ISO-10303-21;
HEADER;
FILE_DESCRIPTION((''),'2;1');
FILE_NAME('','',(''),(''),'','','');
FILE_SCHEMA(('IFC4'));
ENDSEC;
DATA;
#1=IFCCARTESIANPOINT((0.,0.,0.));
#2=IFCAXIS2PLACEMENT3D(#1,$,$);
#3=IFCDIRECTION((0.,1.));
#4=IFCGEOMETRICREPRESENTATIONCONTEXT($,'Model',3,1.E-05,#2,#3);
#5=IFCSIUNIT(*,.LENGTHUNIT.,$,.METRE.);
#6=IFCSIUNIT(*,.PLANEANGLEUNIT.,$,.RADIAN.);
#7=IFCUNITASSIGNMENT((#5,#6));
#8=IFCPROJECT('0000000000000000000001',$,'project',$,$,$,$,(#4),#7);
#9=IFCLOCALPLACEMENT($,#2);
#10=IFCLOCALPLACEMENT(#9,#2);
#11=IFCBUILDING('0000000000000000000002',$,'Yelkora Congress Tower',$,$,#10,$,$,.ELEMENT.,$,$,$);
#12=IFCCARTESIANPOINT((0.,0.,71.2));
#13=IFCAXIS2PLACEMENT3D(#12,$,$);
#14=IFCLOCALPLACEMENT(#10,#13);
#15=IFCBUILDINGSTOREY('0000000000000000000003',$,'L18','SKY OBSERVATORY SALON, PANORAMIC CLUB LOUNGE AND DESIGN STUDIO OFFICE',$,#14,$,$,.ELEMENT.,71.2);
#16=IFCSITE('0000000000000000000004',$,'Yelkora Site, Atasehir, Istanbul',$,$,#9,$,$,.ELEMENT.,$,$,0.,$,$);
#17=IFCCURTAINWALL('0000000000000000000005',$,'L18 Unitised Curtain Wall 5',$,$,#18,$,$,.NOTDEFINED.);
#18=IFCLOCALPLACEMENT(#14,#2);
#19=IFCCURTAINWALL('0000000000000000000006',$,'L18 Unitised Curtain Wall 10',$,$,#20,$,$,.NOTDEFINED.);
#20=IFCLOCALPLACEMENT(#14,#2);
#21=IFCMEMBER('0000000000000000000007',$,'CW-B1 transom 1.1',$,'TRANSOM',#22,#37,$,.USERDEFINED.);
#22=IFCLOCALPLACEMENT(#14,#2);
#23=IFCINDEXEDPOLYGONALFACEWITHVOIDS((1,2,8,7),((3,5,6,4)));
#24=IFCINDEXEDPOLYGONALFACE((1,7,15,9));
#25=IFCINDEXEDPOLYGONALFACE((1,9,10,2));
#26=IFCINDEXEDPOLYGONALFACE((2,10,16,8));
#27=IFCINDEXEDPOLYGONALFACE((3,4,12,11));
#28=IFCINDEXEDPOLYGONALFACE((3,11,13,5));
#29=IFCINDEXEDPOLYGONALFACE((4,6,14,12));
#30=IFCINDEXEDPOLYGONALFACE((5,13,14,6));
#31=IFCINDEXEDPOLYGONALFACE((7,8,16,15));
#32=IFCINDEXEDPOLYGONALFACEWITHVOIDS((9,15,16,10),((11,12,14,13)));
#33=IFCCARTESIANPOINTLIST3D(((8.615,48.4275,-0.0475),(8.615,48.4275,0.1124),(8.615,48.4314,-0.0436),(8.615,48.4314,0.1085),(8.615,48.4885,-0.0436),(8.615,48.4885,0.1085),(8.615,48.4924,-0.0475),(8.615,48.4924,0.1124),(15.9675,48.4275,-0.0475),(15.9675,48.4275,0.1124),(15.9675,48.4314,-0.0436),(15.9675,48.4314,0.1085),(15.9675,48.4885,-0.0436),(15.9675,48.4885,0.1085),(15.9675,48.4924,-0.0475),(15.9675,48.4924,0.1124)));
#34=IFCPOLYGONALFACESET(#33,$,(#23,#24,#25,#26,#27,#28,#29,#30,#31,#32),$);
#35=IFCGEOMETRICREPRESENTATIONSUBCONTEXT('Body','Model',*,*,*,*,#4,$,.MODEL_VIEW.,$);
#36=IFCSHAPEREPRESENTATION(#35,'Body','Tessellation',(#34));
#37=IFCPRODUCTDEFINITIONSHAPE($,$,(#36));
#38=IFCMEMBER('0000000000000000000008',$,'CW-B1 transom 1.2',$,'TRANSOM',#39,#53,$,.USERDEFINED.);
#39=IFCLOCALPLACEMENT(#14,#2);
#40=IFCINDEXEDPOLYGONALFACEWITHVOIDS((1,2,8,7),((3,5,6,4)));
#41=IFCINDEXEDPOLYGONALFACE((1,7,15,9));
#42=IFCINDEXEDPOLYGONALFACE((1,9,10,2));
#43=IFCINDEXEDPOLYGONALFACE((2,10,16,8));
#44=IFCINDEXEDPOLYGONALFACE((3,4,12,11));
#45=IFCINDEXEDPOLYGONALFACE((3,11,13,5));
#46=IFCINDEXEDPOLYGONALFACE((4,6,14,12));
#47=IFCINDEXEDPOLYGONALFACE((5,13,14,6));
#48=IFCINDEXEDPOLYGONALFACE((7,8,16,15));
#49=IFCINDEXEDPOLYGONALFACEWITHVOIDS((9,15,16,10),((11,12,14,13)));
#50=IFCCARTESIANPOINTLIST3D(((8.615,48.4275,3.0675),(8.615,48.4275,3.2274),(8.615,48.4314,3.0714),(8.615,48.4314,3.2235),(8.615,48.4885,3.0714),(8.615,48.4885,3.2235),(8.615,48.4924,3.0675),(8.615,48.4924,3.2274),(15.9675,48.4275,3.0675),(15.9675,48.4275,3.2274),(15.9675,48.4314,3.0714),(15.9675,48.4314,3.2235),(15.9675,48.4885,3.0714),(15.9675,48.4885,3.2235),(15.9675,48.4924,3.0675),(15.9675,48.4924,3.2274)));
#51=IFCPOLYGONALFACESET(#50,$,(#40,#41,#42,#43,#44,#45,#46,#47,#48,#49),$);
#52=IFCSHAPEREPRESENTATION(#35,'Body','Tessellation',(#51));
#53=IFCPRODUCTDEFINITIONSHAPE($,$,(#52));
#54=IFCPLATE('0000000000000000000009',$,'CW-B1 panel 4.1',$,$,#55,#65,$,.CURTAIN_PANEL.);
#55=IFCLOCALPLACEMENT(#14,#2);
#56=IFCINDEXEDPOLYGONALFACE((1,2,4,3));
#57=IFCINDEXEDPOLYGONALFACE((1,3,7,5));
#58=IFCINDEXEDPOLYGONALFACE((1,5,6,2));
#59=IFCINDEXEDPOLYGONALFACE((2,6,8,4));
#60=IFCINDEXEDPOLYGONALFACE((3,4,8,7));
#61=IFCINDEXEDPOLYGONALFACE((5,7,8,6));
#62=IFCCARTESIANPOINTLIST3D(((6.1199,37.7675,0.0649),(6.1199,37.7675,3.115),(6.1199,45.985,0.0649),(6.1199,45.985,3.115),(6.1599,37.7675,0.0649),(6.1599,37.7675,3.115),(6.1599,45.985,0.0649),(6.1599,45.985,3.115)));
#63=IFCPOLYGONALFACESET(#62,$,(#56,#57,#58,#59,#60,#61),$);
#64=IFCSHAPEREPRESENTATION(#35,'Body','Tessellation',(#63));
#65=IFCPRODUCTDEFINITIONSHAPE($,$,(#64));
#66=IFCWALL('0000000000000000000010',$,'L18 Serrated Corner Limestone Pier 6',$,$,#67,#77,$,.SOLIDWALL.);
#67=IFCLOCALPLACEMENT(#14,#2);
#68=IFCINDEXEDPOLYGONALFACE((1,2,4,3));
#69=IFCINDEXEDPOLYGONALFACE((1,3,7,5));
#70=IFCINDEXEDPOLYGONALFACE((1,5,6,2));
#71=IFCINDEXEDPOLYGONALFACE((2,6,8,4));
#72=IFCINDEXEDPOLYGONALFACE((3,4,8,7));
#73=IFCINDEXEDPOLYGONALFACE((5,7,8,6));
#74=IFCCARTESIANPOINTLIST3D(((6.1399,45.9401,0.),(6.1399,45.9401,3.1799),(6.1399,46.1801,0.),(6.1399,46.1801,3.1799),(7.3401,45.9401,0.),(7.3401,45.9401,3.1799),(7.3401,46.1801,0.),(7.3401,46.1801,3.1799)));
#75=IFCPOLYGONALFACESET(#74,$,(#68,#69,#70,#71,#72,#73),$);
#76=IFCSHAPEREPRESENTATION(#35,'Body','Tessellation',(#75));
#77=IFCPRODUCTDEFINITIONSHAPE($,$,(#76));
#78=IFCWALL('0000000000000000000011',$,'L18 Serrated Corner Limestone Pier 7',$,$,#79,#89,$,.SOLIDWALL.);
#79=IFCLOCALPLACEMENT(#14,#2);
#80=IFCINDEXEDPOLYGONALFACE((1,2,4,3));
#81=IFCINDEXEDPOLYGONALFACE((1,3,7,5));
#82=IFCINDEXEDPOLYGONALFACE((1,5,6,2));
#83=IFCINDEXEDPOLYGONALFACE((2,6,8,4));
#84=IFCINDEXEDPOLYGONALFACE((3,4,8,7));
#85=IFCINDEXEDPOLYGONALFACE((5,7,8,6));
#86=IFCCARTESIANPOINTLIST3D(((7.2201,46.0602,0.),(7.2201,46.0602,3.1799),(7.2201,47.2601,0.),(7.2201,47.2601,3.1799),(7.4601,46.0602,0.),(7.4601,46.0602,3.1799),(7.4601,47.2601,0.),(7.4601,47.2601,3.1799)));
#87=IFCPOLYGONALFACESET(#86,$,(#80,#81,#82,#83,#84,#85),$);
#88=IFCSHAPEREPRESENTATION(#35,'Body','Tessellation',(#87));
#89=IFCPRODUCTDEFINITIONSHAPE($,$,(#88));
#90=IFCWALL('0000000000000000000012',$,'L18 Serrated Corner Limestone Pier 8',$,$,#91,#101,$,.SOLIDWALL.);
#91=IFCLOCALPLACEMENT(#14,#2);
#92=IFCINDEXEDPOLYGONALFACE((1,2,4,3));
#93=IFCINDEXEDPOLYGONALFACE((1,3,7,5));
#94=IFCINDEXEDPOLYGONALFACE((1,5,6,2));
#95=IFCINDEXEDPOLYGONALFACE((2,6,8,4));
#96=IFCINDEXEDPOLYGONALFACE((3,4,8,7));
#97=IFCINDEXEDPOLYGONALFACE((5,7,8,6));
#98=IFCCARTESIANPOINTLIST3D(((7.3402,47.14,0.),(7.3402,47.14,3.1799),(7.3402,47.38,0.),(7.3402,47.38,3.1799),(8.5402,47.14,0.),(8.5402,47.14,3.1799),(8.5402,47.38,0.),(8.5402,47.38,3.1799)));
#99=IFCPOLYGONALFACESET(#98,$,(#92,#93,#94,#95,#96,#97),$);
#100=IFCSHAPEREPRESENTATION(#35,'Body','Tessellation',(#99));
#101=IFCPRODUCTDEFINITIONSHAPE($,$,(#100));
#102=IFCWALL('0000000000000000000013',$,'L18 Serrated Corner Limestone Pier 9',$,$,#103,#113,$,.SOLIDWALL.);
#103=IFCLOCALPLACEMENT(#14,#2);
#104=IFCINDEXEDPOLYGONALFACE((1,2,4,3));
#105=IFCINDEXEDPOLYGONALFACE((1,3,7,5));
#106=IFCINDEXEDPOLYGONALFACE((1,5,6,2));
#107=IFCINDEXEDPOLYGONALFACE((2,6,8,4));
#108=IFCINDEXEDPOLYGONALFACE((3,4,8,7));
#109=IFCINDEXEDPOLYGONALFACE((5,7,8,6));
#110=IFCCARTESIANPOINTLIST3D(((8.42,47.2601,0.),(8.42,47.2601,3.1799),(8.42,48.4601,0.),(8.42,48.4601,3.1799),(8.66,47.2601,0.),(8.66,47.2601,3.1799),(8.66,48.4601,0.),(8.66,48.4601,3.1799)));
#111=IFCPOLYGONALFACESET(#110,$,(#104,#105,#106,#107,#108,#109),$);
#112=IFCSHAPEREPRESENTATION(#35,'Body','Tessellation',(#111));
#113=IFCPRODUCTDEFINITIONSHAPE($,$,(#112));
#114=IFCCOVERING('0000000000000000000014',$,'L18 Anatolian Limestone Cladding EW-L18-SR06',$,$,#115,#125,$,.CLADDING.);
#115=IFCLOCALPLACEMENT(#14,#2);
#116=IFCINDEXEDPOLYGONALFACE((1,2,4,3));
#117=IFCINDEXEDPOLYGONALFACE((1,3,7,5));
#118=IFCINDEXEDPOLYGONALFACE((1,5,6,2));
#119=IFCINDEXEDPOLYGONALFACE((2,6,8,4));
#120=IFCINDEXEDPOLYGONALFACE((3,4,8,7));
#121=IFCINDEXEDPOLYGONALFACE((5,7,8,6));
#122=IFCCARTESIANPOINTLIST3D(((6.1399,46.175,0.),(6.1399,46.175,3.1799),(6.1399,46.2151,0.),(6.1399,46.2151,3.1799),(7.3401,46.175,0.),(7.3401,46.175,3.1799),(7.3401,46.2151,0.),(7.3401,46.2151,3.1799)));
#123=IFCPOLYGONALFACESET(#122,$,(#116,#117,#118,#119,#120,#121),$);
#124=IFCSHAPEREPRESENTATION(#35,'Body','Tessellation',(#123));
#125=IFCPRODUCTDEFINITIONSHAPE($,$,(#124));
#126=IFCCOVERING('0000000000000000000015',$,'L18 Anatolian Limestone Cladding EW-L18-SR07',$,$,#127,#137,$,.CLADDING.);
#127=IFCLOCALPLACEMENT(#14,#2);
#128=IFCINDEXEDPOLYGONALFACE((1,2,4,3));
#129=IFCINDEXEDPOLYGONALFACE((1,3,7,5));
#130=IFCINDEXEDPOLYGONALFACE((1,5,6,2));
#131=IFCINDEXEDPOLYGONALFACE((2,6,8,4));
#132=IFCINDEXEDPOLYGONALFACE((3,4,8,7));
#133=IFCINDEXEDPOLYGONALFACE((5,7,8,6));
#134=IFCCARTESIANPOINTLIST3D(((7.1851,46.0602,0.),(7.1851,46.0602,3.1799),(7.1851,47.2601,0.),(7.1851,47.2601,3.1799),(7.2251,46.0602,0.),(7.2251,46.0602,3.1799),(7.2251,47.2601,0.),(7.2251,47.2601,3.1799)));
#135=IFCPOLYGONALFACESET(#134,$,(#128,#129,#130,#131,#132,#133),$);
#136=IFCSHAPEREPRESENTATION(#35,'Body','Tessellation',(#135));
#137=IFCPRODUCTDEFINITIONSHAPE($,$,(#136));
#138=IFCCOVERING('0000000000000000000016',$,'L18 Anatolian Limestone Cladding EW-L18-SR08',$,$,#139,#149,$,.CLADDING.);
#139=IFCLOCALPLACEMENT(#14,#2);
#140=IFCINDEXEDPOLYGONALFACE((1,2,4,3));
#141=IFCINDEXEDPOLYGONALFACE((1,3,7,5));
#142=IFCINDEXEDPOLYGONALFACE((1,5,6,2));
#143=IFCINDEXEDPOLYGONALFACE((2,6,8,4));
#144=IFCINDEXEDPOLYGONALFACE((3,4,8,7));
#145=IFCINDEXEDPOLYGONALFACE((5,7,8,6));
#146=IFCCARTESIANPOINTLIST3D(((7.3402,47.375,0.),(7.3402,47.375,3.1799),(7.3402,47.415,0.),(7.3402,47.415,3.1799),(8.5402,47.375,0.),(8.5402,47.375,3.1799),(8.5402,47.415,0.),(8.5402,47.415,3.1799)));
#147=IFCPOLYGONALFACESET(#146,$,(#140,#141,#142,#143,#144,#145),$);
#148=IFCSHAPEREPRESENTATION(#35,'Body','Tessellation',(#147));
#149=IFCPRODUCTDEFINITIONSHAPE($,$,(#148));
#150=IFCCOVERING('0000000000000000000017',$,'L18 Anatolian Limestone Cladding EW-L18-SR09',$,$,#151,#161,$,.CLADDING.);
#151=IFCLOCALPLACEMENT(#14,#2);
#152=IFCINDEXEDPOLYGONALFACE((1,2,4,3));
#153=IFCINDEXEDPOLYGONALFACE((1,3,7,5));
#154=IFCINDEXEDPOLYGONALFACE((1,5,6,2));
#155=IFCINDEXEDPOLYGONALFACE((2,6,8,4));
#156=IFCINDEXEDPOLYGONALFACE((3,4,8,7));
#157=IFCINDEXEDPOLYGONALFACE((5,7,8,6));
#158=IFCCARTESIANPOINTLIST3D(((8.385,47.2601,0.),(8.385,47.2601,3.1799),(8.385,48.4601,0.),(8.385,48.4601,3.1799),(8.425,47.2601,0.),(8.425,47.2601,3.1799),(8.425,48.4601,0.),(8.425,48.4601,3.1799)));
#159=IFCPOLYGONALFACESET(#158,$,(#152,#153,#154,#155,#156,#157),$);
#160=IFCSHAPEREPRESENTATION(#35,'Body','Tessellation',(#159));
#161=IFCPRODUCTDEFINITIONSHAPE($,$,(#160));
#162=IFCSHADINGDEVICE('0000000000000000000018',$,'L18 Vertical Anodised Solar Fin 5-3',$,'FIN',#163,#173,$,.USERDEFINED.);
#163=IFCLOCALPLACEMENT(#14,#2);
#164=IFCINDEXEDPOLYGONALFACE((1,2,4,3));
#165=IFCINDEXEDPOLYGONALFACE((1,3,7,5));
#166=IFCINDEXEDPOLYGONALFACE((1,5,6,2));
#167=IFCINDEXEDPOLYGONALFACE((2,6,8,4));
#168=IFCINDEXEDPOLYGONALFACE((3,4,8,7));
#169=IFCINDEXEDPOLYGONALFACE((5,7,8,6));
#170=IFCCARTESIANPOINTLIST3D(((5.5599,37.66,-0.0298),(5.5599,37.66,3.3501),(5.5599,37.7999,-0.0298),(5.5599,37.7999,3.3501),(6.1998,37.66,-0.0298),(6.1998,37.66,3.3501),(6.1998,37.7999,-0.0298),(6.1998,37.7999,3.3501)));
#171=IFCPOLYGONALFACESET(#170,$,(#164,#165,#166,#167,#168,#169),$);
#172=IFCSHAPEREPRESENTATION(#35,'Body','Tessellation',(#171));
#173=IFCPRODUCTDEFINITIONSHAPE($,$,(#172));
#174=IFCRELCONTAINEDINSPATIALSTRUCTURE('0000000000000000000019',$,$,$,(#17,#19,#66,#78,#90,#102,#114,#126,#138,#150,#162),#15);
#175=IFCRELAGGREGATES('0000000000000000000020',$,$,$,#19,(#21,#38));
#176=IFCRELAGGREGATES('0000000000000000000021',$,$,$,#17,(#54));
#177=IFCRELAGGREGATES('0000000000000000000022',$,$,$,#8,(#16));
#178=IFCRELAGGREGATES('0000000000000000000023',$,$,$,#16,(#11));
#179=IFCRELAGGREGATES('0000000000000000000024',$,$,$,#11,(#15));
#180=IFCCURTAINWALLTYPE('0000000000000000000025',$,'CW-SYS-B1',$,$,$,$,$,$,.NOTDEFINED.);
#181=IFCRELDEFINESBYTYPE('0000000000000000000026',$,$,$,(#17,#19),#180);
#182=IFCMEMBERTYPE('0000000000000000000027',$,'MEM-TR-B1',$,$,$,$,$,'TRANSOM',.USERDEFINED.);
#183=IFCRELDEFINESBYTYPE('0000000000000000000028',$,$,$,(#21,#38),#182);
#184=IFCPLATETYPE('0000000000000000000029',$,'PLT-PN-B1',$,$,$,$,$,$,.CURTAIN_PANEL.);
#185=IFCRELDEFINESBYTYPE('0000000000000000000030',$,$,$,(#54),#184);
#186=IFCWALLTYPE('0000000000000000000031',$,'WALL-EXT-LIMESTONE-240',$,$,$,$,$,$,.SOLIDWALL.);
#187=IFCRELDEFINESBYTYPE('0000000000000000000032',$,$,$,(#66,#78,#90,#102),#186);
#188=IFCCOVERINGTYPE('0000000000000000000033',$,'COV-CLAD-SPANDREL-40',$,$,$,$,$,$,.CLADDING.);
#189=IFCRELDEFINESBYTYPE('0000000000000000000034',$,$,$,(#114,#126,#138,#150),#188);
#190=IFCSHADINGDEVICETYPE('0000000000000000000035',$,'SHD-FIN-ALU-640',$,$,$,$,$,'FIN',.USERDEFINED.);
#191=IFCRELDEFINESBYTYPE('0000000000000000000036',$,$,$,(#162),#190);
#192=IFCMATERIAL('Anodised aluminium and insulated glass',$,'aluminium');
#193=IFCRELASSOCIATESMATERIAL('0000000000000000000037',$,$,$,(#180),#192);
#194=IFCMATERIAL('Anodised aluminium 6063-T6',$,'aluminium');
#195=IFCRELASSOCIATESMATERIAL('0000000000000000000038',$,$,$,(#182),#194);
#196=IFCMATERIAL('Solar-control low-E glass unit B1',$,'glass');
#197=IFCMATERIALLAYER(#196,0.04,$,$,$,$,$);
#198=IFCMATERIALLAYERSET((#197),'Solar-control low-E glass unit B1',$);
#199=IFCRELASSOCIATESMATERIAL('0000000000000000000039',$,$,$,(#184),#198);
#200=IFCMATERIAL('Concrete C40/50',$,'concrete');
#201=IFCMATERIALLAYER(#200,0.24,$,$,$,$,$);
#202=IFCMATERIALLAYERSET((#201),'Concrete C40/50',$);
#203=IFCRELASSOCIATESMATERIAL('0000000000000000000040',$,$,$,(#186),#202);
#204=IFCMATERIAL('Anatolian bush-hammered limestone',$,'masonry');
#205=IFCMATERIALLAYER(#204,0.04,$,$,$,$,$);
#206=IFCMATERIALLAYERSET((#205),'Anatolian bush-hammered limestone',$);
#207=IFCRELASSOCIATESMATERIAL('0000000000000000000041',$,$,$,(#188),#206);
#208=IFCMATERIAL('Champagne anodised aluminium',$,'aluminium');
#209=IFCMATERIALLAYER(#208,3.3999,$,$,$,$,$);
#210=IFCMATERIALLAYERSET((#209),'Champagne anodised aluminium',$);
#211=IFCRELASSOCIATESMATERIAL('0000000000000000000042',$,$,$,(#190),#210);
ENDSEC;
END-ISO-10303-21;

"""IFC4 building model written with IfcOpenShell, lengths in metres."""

from ifc_helpers import new_model, si_unit, direction, frame, frame_2d, origin, origin_2d, place, context, subcontext, project, spatial, rectangle, hollow_rectangle, extrude, material, layer, layer_set, material_profile, profile_set, type_object, element, aggregate, save


model = new_model("IFC4")

# Units and contexts
model_context = context("Model", 3, precision=1e-05, world=origin(), true_north=direction((0.0, 1.0)))
body_context = subcontext(model_context, "Body", "Model", "MODEL_VIEW")
ifc_project = project(units=[si_unit("LENGTHUNIT", "METRE"), si_unit("PLANEANGLEUNIT", "RADIAN")], contexts=[model_context])

# Site, building, storey
site_placement = place(None, origin())
site = spatial("IfcSite", under=ifc_project, at=site_placement, Name="Yelkora Site, Atasehir, Istanbul", CompositionType="ELEMENT", RefElevation=0.0)
building_placement = place(site_placement, origin())
building = spatial("IfcBuilding", under=site, at=building_placement, Name="Yelkora Congress Tower", CompositionType="ELEMENT")
storey_placement = place(building_placement, frame((0.0, 0.0, 71.2)))
storey = spatial("IfcBuildingStorey", under=building, at=storey_placement, Name="L18", Description="SKY OBSERVATORY SALON, PANORAMIC CLUB LOUNGE AND DESIGN STUDIO OFFICE", CompositionType="ELEMENT", Elevation=71.2)

# Curtain wall
ifc_material_1 = material(Name="Anodised aluminium and insulated glass", Category="aluminium")
curtain_wall_type = type_object("IfcCurtainWallType", Name="CW-SYS-B1", PredefinedType="NOTDEFINED", material=ifc_material_1)
curtain_wall_1_placement = place(storey_placement, origin())
curtain_wall_1 = element("IfcCurtainWall", 1, at=curtain_wall_1_placement, inside=storey, type_object=curtain_wall_type, Name="L18 Unitised Curtain Wall 5", PredefinedType="NOTDEFINED")
ifc_material_2 = material(Name="Anodised aluminium 6063-T6", Category="aluminium")

# Curtain wall
curtain_wall_2_placement = place(storey_placement, origin())
curtain_wall_2 = element("IfcCurtainWall", 2, at=curtain_wall_2_placement, inside=storey, type_object=curtain_wall_type, Name="L18 Unitised Curtain Wall 10", PredefinedType="NOTDEFINED")

# Members
ifc_material_profile_1 = material_profile(ifc_material_2, hollow_rectangle(XDim=0.0649, YDim=0.1599, WallThickness=0.0039, at=origin_2d()), Name="ALU 65x160x4")
ifc_profile_set_1 = profile_set([ifc_material_profile_1], Name="Anodised aluminium 6063-T6")
member_type_1 = type_object("IfcMemberType", Name="MEM-TR-B1", ElementType="TRANSOM", PredefinedType="USERDEFINED", material=ifc_profile_set_1)
member_1_placement = place(storey_placement, frame((8.615, 48.46, 0.0325), z_axis=(1.0, 0.0, 0.0), x_axis=(0.0, 1.0, 0.0)))
member_1 = element("IfcMember", 3, at=member_1_placement, type_object=member_type_1, Name="CW-B1 transom 1.1", ObjectType="TRANSOM", PredefinedType="USERDEFINED", context=body_context, shape_type="SweptSolid", body=[
    extrude(hollow_rectangle(XDim=0.0649, YDim=0.1599, WallThickness=0.0039, at=origin_2d()), origin(), (0.0, 0.0, 1.0), 7.3525),
])
member_2_placement = place(storey_placement, frame((8.615, 48.46, 3.1475), z_axis=(1.0, 0.0, 0.0), x_axis=(0.0, 1.0, 0.0)))
member_2 = element("IfcMember", 4, at=member_2_placement, type_object=member_type_1, Name="CW-B1 transom 1.2", ObjectType="TRANSOM", PredefinedType="USERDEFINED", context=body_context, shape_type="SweptSolid", body=[
    extrude(hollow_rectangle(XDim=0.0649, YDim=0.1599, WallThickness=0.0039, at=origin_2d()), origin(), (0.0, 0.0, 1.0), 7.3525),
])
aggregate(curtain_wall_2, [member_1, member_2])

# Plate
ifc_material_3 = material(Name="Solar-control low-E glass unit B1", Category="glass")
ifc_layer_1 = layer(ifc_material_3, 0.04)
ifc_layer_set_1 = layer_set([ifc_layer_1], Name="Solar-control low-E glass unit B1")
plate_type = type_object("IfcPlateType", Name="PLT-PN-B1", PredefinedType="CURTAIN_PANEL", material=ifc_layer_set_1)
plate_placement = place(storey_placement, frame((6.1399, 41.8762, 0.0649), z_axis=(0.0, 0.0, 1.0), x_axis=(0.0, 1.0, 0.0)))
plate = element("IfcPlate", 5, at=plate_placement, type_object=plate_type, Name="CW-B1 panel 4.1", PredefinedType="CURTAIN_PANEL", context=body_context, shape_type="SweptSolid", body=[
    extrude(rectangle(XDim=8.2175, YDim=0.04, at=origin_2d()), origin(), (0.0, 0.0, 1.0), 3.05),
])
aggregate(curtain_wall_1, [plate])

# Walls
ifc_material_4 = material(Name="Concrete C40/50", Category="concrete")
ifc_layer_2 = layer(ifc_material_4, 0.24)
ifc_layer_set_2 = layer_set([ifc_layer_2], Name="Concrete C40/50")
wall_type = type_object("IfcWallType", Name="WALL-EXT-LIMESTONE-240", PredefinedType="SOLIDWALL", material=ifc_layer_set_2)
wall_placement = place(storey_placement, frame((6.1399, 46.0601, 0.0), z_axis=(0.0, 0.0, 1.0), x_axis=(1.0, 0.0, 0.0)))
element("IfcWall", 6, at=wall_placement, inside=storey, type_object=wall_type, Name="L18 Serrated Corner Limestone Pier 6", PredefinedType="SOLIDWALL", context=body_context, shape_type="SweptSolid", body=[
    extrude(rectangle(XDim=1.2002, YDim=0.24, at=frame_2d((0.6001, 0.0))), origin(), (0.0, 0.0, 1.0), 3.1799),
])
for number, where, z_axis, x_axis, name in (
    (7, (7.3401, 46.0601, 0.0), (0.0, 0.0, 1.0), (0.0, 1.0, 0.0), "L18 Serrated Corner Limestone Pier 7"),
    (8, (7.3401, 47.26, 0.0), (0.0, 0.0, 1.0), (1.0, 0.0, 0.0), "L18 Serrated Corner Limestone Pier 8"),
    (9, (8.54, 47.26, 0.0), (0.0, 0.0, 1.0), (0.0, 1.0, 0.0), "L18 Serrated Corner Limestone Pier 9"),
):
    element("IfcWall", number, at=place(storey_placement, frame(where, z_axis=z_axis, x_axis=x_axis)), inside=storey, type_object=wall_type, Name=name, PredefinedType="SOLIDWALL", context=body_context, shape_type="SweptSolid", body=[
        extrude(rectangle(XDim=1.2, YDim=0.24, at=frame_2d((0.6001, 0.0))), origin(), (0.0, 0.0, 1.0), 3.1799),
    ])

# Coverings
ifc_material_5 = material(Name="Anatolian bush-hammered limestone", Category="masonry")
ifc_layer_3 = layer(ifc_material_5, 0.04)
ifc_layer_set_3 = layer_set([ifc_layer_3], Name="Anatolian bush-hammered limestone")
covering_type = type_object("IfcCoveringType", Name="COV-CLAD-SPANDREL-40", PredefinedType="CLADDING", material=ifc_layer_set_3)
covering_placement = place(storey_placement, frame((6.1399, 46.1951, 0.0), z_axis=(0.0, 0.0, 1.0), x_axis=(1.0, 0.0, 0.0)))
element("IfcCovering", 10, at=covering_placement, inside=storey, type_object=covering_type, Name="L18 Anatolian Limestone Cladding EW-L18-SR06", PredefinedType="CLADDING", context=body_context, shape_type="SweptSolid", body=[
    extrude(rectangle(XDim=1.2002, YDim=0.04, at=frame_2d((0.6001, 0.0))), origin(), (0.0, 0.0, 1.0), 3.1799),
])
for number, where, z_axis, x_axis, name in (
    (11, (7.2051, 46.0601, 0.0), (0.0, 0.0, 1.0), (0.0, 1.0, 0.0), "L18 Anatolian Limestone Cladding EW-L18-SR07"),
    (12, (7.3401, 47.395, 0.0), (0.0, 0.0, 1.0), (1.0, 0.0, 0.0), "L18 Anatolian Limestone Cladding EW-L18-SR08"),
    (13, (8.405, 47.26, 0.0), (0.0, 0.0, 1.0), (0.0, 1.0, 0.0), "L18 Anatolian Limestone Cladding EW-L18-SR09"),
):
    element("IfcCovering", number, at=place(storey_placement, frame(where, z_axis=z_axis, x_axis=x_axis)), inside=storey, type_object=covering_type, Name=name, PredefinedType="CLADDING", context=body_context, shape_type="SweptSolid", body=[
        extrude(rectangle(XDim=1.2, YDim=0.04, at=frame_2d((0.6001, 0.0))), origin(), (0.0, 0.0, 1.0), 3.1799),
    ])

# Shading device
ifc_material_6 = material(Name="Champagne anodised aluminium", Category="aluminium")
ifc_layer_4 = layer(ifc_material_6, 3.3999)
ifc_layer_set_4 = layer_set([ifc_layer_4], Name="Champagne anodised aluminium")
shading_device_type = type_object("IfcShadingDeviceType", Name="SHD-FIN-ALU-640", ElementType="FIN", PredefinedType="USERDEFINED", material=ifc_layer_set_4)
shading_device_placement = place(storey_placement, frame((5.8799, 37.73, -0.0298), z_axis=(0.0, 0.0, 1.0), x_axis=(0.0, 1.0, 0.0)))
element("IfcShadingDevice", 14, at=shading_device_placement, inside=storey, type_object=shading_device_type, Name="L18 Vertical Anodised Solar Fin 5-3", ObjectType="FIN", PredefinedType="USERDEFINED", context=body_context, shape_type="SweptSolid", body=[
    extrude(rectangle(XDim=0.1399, YDim=0.6399, at=origin_2d()), origin(), (0.0, 0.0, 1.0), 3.3799),
])

save(model, "model.ifc")
